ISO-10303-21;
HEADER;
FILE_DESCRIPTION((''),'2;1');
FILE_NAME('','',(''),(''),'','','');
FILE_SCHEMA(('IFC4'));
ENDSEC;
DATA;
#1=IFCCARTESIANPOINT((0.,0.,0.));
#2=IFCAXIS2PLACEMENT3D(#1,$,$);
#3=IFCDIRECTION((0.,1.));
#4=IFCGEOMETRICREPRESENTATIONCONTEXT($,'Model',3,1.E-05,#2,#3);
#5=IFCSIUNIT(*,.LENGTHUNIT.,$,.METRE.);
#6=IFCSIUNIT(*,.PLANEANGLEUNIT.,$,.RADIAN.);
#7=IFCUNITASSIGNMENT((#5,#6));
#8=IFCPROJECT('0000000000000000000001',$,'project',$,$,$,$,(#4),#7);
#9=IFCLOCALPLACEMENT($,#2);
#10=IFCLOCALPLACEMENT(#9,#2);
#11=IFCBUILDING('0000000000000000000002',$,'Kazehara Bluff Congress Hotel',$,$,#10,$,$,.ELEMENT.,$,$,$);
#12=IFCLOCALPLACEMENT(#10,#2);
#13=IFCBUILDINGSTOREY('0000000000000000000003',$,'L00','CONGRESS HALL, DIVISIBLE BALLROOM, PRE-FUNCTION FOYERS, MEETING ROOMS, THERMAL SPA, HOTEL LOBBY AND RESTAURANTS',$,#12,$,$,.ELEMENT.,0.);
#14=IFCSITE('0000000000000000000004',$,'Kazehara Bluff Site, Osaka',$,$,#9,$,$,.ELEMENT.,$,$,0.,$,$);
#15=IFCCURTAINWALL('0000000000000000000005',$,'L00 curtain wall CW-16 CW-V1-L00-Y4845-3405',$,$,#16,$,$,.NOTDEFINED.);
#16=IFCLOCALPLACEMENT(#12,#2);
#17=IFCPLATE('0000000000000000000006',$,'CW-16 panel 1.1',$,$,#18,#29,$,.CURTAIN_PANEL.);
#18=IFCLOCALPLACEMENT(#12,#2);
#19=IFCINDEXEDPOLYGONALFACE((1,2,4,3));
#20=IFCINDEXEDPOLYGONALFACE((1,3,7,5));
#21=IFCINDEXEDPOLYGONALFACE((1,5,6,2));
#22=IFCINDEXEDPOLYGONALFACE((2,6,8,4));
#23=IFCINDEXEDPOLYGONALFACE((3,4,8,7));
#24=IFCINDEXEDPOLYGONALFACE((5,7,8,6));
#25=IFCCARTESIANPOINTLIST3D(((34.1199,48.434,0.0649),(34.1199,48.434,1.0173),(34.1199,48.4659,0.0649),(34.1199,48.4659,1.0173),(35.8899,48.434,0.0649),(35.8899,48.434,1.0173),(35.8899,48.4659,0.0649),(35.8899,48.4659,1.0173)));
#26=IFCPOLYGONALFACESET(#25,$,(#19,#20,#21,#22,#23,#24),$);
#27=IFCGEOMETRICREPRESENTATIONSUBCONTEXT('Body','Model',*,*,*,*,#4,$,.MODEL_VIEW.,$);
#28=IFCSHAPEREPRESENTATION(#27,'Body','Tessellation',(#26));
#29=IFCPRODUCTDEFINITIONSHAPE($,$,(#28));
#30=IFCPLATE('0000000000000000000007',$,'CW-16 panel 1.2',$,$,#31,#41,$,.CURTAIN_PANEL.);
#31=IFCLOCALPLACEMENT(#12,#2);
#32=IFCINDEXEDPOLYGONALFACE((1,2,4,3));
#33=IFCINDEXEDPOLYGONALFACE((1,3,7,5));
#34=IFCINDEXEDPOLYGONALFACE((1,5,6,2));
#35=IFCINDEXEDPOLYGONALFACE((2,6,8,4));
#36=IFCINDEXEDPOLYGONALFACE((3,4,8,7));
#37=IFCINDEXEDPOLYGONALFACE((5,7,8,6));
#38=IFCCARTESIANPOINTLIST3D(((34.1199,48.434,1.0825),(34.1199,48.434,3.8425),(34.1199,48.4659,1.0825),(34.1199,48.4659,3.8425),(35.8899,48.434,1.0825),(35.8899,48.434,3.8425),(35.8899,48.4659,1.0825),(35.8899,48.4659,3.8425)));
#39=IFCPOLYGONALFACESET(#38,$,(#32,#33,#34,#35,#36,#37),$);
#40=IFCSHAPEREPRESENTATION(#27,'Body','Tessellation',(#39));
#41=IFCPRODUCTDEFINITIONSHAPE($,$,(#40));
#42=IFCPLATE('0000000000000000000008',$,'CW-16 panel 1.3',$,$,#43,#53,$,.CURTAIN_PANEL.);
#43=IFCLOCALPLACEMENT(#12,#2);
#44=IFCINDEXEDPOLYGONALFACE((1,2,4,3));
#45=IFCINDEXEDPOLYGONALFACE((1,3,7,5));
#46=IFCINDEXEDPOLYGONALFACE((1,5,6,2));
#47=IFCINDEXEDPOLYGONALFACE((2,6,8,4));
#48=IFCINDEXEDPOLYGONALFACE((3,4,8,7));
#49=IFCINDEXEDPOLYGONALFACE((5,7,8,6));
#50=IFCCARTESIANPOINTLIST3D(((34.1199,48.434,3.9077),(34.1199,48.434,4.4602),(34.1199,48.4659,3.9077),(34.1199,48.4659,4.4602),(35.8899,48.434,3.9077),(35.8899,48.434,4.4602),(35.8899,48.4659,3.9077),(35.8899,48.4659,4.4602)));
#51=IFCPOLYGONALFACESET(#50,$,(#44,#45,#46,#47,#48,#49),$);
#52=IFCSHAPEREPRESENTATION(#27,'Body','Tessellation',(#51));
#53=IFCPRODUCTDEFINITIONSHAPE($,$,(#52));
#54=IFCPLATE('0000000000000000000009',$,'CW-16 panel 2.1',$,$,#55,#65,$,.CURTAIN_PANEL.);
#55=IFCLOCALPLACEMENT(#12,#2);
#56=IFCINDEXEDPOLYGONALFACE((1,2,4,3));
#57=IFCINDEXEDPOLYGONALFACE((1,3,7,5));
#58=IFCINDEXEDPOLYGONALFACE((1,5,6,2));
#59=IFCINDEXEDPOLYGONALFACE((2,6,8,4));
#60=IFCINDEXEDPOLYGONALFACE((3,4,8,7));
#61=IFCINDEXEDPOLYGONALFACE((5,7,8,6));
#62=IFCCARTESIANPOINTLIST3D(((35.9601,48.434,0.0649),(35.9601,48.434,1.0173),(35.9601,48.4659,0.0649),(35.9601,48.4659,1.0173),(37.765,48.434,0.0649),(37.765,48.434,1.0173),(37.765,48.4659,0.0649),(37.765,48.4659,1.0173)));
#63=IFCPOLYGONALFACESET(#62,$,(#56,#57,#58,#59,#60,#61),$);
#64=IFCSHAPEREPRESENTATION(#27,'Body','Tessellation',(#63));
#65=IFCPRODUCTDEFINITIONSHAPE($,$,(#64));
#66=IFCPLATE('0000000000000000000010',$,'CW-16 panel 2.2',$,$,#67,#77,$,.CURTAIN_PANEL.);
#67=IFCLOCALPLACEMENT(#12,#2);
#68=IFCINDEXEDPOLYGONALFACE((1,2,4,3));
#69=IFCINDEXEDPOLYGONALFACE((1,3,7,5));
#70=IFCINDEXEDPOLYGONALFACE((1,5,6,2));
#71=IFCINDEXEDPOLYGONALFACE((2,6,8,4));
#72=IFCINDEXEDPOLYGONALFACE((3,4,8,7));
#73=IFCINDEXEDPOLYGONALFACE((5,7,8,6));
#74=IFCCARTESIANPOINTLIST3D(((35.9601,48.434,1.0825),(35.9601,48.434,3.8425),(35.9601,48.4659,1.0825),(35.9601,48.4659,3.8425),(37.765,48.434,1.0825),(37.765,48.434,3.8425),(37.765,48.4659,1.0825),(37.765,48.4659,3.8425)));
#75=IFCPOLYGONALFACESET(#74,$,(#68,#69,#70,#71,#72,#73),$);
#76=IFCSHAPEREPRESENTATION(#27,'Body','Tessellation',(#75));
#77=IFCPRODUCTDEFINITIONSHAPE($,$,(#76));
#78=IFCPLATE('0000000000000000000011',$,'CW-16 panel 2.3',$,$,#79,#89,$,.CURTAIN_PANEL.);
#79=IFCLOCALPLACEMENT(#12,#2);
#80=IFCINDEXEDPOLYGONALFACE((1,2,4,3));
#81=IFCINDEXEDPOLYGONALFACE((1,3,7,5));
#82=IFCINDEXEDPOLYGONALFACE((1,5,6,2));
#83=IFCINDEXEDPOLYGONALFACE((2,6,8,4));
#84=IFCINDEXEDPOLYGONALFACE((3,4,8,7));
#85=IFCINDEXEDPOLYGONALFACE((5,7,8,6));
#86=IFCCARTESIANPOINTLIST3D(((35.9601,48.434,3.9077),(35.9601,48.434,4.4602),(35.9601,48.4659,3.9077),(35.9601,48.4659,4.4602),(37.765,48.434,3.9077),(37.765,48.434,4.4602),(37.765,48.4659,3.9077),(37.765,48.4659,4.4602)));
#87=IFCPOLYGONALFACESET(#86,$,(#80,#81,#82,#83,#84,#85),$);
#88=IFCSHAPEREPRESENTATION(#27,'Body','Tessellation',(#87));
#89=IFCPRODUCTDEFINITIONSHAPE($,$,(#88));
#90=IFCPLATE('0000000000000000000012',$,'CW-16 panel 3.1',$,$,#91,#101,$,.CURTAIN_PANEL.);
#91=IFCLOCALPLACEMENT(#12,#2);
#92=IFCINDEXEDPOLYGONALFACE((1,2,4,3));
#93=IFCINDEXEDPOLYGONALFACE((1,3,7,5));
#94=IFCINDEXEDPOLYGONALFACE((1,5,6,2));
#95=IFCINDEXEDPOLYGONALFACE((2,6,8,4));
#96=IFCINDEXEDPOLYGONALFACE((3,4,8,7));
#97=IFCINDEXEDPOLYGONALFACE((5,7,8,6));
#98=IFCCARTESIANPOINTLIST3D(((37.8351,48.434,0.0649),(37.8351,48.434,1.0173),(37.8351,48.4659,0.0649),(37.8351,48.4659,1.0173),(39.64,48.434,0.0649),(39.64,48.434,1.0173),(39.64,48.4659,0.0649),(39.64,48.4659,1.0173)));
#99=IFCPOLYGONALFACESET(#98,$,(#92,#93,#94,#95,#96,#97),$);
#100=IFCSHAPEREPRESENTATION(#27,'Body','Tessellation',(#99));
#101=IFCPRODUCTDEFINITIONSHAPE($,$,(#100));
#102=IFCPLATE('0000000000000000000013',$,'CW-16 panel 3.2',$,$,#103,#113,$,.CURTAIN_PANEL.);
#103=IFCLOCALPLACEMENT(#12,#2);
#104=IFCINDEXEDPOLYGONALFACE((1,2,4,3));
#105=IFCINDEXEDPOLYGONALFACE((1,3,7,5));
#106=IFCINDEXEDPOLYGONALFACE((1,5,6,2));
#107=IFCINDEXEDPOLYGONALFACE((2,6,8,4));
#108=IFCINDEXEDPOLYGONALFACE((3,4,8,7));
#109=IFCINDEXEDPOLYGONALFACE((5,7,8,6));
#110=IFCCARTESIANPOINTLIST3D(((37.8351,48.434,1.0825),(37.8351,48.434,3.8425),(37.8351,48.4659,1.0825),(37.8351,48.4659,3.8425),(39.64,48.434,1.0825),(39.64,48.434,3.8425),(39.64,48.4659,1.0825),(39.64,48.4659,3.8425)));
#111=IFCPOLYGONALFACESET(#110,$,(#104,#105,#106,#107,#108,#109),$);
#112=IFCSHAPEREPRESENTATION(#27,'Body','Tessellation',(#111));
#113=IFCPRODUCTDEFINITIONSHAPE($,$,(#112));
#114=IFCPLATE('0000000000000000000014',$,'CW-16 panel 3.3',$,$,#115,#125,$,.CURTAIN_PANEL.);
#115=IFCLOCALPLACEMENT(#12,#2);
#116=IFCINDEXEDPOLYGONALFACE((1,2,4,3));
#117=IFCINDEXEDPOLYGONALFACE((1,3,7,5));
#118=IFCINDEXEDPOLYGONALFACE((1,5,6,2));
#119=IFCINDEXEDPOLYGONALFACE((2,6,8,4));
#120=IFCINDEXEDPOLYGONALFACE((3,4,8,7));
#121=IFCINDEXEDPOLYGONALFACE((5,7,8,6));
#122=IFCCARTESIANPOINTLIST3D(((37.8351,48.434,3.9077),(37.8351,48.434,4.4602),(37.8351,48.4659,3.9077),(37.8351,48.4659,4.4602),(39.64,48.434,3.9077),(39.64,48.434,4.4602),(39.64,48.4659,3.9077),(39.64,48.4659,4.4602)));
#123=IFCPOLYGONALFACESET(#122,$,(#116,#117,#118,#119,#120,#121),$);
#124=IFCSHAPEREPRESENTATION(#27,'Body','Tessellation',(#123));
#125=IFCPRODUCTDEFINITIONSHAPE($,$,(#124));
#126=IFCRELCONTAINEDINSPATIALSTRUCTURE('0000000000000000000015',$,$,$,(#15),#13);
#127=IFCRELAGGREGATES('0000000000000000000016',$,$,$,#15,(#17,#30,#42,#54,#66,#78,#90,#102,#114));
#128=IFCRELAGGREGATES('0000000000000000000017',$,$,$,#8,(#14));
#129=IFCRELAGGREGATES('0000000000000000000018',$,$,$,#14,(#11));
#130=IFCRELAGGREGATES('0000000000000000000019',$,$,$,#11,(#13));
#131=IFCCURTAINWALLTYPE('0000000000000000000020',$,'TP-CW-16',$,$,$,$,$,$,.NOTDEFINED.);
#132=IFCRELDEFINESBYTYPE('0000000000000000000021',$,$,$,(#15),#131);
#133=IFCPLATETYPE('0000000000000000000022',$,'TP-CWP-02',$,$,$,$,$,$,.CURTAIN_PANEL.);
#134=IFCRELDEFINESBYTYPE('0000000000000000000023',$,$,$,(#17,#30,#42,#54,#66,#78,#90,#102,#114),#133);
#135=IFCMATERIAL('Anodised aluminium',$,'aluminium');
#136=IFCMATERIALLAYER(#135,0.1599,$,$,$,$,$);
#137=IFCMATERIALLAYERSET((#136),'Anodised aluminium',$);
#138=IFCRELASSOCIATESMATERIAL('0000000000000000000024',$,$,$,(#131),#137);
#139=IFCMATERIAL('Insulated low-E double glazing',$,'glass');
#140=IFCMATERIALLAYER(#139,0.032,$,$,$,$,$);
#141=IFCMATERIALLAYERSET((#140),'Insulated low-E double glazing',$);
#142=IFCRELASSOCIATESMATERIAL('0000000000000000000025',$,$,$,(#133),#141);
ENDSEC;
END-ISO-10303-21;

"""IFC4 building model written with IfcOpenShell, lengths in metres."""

from ifc_helpers import new_model, si_unit, direction, frame, origin, origin_2d, place, context, subcontext, project, spatial, rectangle, extrude, material, layer, layer_set, type_object, element, aggregate, save


model = new_model("IFC4")

# Units and contexts
model_context = context("Model", 3, precision=1e-05, world=origin(), true_north=direction((0.0, 1.0)))
body_context = subcontext(model_context, "Body", "Model", "MODEL_VIEW")
ifc_project = project(units=[si_unit("LENGTHUNIT", "METRE"), si_unit("PLANEANGLEUNIT", "RADIAN")], contexts=[model_context])

# Site, building, storey
site_placement = place(None, origin())
site = spatial("IfcSite", under=ifc_project, at=site_placement, Name="Kazehara Bluff Site, Osaka", CompositionType="ELEMENT", RefElevation=0.0)
building_placement = place(site_placement, origin())
building = spatial("IfcBuilding", under=site, at=building_placement, Name="Kazehara Bluff Congress Hotel", CompositionType="ELEMENT")
storey_placement = place(building_placement, origin())
storey = spatial("IfcBuildingStorey", under=building, at=storey_placement, Name="L00", Description="CONGRESS HALL, DIVISIBLE BALLROOM, PRE-FUNCTION FOYERS, MEETING ROOMS, THERMAL SPA, HOTEL LOBBY AND RESTAURANTS", CompositionType="ELEMENT", Elevation=0.0)

# Curtain wall
ifc_material_1 = material(Name="Anodised aluminium", Category="aluminium")
ifc_layer_1 = layer(ifc_material_1, 0.1599)
ifc_layer_set_1 = layer_set([ifc_layer_1], Name="Anodised aluminium")
curtain_wall_type = type_object("IfcCurtainWallType", Name="TP-CW-16", PredefinedType="NOTDEFINED", material=ifc_layer_set_1)
curtain_wall_placement = place(storey_placement, origin())
curtain_wall = element("IfcCurtainWall", 1, at=curtain_wall_placement, inside=storey, type_object=curtain_wall_type, Name="L00 curtain wall CW-16 CW-V1-L00-Y4845-3405", PredefinedType="NOTDEFINED")

# Plates
ifc_material_2 = material(Name="Insulated low-E double glazing", Category="glass")
ifc_layer_2 = layer(ifc_material_2, 0.032)
ifc_layer_set_2 = layer_set([ifc_layer_2], Name="Insulated low-E double glazing")
plate_type = type_object("IfcPlateType", Name="TP-CWP-02", PredefinedType="CURTAIN_PANEL", material=ifc_layer_set_2)
plate_1_placement = place(storey_placement, frame((35.0049, 48.45, 0.0649), z_axis=(0.0, 0.0, 1.0), x_axis=(1.0, 0.0, 0.0)))
plate_1 = element("IfcPlate", 2, at=plate_1_placement, type_object=plate_type, Name="CW-16 panel 1.1", PredefinedType="CURTAIN_PANEL", context=body_context, shape_type="SweptSolid", body=[
    extrude(rectangle(XDim=1.77, YDim=0.032, at=origin_2d()), origin(), (0.0, 0.0, 1.0), 0.9524),
])
plate_2_placement = place(storey_placement, frame((35.0049, 48.45, 1.0825), z_axis=(0.0, 0.0, 1.0), x_axis=(1.0, 0.0, 0.0)))
plate_2 = element("IfcPlate", 3, at=plate_2_placement, type_object=plate_type, Name="CW-16 panel 1.2", PredefinedType="CURTAIN_PANEL", context=body_context, shape_type="SweptSolid", body=[
    extrude(rectangle(XDim=1.77, YDim=0.032, at=origin_2d()), origin(), (0.0, 0.0, 1.0), 2.76),
])
plate_3_placement = place(storey_placement, frame((35.0049, 48.45, 3.9077), z_axis=(0.0, 0.0, 1.0), x_axis=(1.0, 0.0, 0.0)))
plate_3 = element("IfcPlate", 4, at=plate_3_placement, type_object=plate_type, Name="CW-16 panel 1.3", PredefinedType="CURTAIN_PANEL", context=body_context, shape_type="SweptSolid", body=[
    extrude(rectangle(XDim=1.77, YDim=0.032, at=origin_2d()), origin(), (0.0, 0.0, 1.0), 0.5525),
])
plate_4_placement = place(storey_placement, frame((36.8625, 48.45, 0.0649), z_axis=(0.0, 0.0, 1.0), x_axis=(1.0, 0.0, 0.0)))
plate_4 = element("IfcPlate", 5, at=plate_4_placement, type_object=plate_type, Name="CW-16 panel 2.1", PredefinedType="CURTAIN_PANEL", context=body_context, shape_type="SweptSolid", body=[
    extrude(rectangle(XDim=1.8049, YDim=0.032, at=origin_2d()), origin(), (0.0, 0.0, 1.0), 0.9524),
])
plate_5_placement = place(storey_placement, frame((36.8625, 48.45, 1.0825), z_axis=(0.0, 0.0, 1.0), x_axis=(1.0, 0.0, 0.0)))
plate_5 = element("IfcPlate", 6, at=plate_5_placement, type_object=plate_type, Name="CW-16 panel 2.2", PredefinedType="CURTAIN_PANEL", context=body_context, shape_type="SweptSolid", body=[
    extrude(rectangle(XDim=1.8049, YDim=0.032, at=origin_2d()), origin(), (0.0, 0.0, 1.0), 2.76),
])
plate_6_placement = place(storey_placement, frame((36.8625, 48.45, 3.9077), z_axis=(0.0, 0.0, 1.0), x_axis=(1.0, 0.0, 0.0)))
plate_6 = element("IfcPlate", 7, at=plate_6_placement, type_object=plate_type, Name="CW-16 panel 2.3", PredefinedType="CURTAIN_PANEL", context=body_context, shape_type="SweptSolid", body=[
    extrude(rectangle(XDim=1.8049, YDim=0.032, at=origin_2d()), origin(), (0.0, 0.0, 1.0), 0.5525),
])
plate_7_placement = place(storey_placement, frame((38.7375, 48.45, 0.0649), z_axis=(0.0, 0.0, 1.0), x_axis=(1.0, 0.0, 0.0)))
plate_7 = element("IfcPlate", 8, at=plate_7_placement, type_object=plate_type, Name="CW-16 panel 3.1", PredefinedType="CURTAIN_PANEL", context=body_context, shape_type="SweptSolid", body=[
    extrude(rectangle(XDim=1.8049, YDim=0.032, at=origin_2d()), origin(), (0.0, 0.0, 1.0), 0.9524),
])
plate_8_placement = place(storey_placement, frame((38.7375, 48.45, 1.0825), z_axis=(0.0, 0.0, 1.0), x_axis=(1.0, 0.0, 0.0)))
plate_8 = element("IfcPlate", 9, at=plate_8_placement, type_object=plate_type, Name="CW-16 panel 3.2", PredefinedType="CURTAIN_PANEL", context=body_context, shape_type="SweptSolid", body=[
    extrude(rectangle(XDim=1.8049, YDim=0.032, at=origin_2d()), origin(), (0.0, 0.0, 1.0), 2.76),
])
plate_9_placement = place(storey_placement, frame((38.7375, 48.45, 3.9077), z_axis=(0.0, 0.0, 1.0), x_axis=(1.0, 0.0, 0.0)))
plate_9 = element("IfcPlate", 10, at=plate_9_placement, type_object=plate_type, Name="CW-16 panel 3.3", PredefinedType="CURTAIN_PANEL", context=body_context, shape_type="SweptSolid", body=[
    extrude(rectangle(XDim=1.8049, YDim=0.032, at=origin_2d()), origin(), (0.0, 0.0, 1.0), 0.5525),
])
aggregate(curtain_wall, [plate_1, plate_2, plate_3, plate_4, plate_5, plate_6, plate_7, plate_8, plate_9])

save(model, "model.ifc")
